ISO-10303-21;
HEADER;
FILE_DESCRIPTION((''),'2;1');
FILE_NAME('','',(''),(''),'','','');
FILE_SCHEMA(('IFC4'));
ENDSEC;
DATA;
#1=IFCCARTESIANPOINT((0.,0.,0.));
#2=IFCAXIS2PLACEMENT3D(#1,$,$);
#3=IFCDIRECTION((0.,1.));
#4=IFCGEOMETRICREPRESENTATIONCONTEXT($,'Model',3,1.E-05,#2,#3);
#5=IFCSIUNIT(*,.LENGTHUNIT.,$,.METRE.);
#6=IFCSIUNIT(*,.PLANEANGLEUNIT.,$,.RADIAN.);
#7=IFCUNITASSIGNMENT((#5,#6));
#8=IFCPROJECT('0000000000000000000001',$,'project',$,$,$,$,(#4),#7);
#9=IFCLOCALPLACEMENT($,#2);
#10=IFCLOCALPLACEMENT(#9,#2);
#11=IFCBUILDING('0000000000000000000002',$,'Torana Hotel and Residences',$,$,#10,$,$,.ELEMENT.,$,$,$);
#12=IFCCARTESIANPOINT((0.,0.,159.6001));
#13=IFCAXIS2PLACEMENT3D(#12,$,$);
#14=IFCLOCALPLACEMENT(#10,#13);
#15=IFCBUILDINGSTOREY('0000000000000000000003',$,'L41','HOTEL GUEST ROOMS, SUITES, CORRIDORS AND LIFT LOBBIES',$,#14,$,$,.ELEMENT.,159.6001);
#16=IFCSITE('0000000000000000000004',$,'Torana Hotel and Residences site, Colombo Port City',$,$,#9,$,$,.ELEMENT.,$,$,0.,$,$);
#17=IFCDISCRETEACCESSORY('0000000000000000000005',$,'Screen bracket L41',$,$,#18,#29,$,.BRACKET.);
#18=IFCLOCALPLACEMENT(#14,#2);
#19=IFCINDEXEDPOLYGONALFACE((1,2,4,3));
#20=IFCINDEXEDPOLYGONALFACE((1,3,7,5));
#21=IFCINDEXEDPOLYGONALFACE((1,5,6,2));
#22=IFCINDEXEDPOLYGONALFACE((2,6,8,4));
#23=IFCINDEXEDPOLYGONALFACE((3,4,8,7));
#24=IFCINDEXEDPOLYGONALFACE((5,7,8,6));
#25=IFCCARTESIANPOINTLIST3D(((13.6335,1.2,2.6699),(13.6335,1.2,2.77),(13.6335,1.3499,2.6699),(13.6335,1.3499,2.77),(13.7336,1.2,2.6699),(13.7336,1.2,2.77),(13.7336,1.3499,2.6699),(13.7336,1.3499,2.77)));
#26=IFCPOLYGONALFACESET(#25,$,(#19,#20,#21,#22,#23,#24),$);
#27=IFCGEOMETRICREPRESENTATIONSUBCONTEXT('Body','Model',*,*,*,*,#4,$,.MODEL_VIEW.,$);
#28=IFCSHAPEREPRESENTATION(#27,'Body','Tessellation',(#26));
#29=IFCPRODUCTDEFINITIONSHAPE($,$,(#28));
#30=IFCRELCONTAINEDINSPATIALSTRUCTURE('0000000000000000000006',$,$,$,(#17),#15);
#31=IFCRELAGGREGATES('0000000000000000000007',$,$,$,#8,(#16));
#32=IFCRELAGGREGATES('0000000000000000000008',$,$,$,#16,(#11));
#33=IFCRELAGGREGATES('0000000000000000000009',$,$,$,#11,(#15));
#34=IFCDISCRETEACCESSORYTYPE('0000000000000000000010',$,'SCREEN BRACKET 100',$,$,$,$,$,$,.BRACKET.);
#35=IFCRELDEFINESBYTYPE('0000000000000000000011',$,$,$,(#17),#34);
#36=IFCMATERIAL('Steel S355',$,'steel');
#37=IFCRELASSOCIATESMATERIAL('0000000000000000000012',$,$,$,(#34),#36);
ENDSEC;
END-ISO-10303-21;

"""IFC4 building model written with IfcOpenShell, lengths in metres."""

from ifc_helpers import new_model, si_unit, direction, frame, origin, origin_2d, place, context, subcontext, project, spatial, rectangle, extrude, material, type_object, element, save


model = new_model("IFC4")

# Units and contexts
model_context = context("Model", 3, precision=1e-05, world=origin(), true_north=direction((0.0, 1.0)))
body_context = subcontext(model_context, "Body", "Model", "MODEL_VIEW")
ifc_project = project(units=[si_unit("LENGTHUNIT", "METRE"), si_unit("PLANEANGLEUNIT", "RADIAN")], contexts=[model_context])

# Site, building, storey
site_placement = place(None, origin())
site = spatial("IfcSite", under=ifc_project, at=site_placement, Name="Torana Hotel and Residences site, Colombo Port City", CompositionType="ELEMENT", RefElevation=0.0)
building_placement = place(site_placement, origin())
building = spatial("IfcBuilding", under=site, at=building_placement, Name="Torana Hotel and Residences", CompositionType="ELEMENT")
storey_placement = place(building_placement, frame((0.0, 0.0, 159.6001)))
storey = spatial("IfcBuildingStorey", under=building, at=storey_placement, Name="L41", Description="HOTEL GUEST ROOMS, SUITES, CORRIDORS AND LIFT LOBBIES", CompositionType="ELEMENT", Elevation=159.6001)

# Discrete accessory
ifc_material_1 = material(Name="Steel S355", Category="steel")
discrete_accessory_type = type_object("IfcDiscreteAccessoryType", Name="SCREEN BRACKET 100", PredefinedType="BRACKET", material=ifc_material_1)
for number, where, z_axis, x_axis, name in (
    (1, (13.6836, 1.2749, 2.6699), (0.0, 0.0, 1.0), (-1.0, 0.0, 0.0), "Screen bracket L41"),
):
    element("IfcDiscreteAccessory", number, at=place(storey_placement, frame(where, z_axis=z_axis, x_axis=x_axis)), inside=storey, type_object=discrete_accessory_type, Name=name, PredefinedType="BRACKET", context=body_context, shape_type="SweptSolid", body=[
        extrude(rectangle(XDim=0.1001, YDim=0.1499, at=origin_2d()), origin(), (0.0, 0.0, 1.0), 0.1001),
    ])

save(model, "model.ifc")
